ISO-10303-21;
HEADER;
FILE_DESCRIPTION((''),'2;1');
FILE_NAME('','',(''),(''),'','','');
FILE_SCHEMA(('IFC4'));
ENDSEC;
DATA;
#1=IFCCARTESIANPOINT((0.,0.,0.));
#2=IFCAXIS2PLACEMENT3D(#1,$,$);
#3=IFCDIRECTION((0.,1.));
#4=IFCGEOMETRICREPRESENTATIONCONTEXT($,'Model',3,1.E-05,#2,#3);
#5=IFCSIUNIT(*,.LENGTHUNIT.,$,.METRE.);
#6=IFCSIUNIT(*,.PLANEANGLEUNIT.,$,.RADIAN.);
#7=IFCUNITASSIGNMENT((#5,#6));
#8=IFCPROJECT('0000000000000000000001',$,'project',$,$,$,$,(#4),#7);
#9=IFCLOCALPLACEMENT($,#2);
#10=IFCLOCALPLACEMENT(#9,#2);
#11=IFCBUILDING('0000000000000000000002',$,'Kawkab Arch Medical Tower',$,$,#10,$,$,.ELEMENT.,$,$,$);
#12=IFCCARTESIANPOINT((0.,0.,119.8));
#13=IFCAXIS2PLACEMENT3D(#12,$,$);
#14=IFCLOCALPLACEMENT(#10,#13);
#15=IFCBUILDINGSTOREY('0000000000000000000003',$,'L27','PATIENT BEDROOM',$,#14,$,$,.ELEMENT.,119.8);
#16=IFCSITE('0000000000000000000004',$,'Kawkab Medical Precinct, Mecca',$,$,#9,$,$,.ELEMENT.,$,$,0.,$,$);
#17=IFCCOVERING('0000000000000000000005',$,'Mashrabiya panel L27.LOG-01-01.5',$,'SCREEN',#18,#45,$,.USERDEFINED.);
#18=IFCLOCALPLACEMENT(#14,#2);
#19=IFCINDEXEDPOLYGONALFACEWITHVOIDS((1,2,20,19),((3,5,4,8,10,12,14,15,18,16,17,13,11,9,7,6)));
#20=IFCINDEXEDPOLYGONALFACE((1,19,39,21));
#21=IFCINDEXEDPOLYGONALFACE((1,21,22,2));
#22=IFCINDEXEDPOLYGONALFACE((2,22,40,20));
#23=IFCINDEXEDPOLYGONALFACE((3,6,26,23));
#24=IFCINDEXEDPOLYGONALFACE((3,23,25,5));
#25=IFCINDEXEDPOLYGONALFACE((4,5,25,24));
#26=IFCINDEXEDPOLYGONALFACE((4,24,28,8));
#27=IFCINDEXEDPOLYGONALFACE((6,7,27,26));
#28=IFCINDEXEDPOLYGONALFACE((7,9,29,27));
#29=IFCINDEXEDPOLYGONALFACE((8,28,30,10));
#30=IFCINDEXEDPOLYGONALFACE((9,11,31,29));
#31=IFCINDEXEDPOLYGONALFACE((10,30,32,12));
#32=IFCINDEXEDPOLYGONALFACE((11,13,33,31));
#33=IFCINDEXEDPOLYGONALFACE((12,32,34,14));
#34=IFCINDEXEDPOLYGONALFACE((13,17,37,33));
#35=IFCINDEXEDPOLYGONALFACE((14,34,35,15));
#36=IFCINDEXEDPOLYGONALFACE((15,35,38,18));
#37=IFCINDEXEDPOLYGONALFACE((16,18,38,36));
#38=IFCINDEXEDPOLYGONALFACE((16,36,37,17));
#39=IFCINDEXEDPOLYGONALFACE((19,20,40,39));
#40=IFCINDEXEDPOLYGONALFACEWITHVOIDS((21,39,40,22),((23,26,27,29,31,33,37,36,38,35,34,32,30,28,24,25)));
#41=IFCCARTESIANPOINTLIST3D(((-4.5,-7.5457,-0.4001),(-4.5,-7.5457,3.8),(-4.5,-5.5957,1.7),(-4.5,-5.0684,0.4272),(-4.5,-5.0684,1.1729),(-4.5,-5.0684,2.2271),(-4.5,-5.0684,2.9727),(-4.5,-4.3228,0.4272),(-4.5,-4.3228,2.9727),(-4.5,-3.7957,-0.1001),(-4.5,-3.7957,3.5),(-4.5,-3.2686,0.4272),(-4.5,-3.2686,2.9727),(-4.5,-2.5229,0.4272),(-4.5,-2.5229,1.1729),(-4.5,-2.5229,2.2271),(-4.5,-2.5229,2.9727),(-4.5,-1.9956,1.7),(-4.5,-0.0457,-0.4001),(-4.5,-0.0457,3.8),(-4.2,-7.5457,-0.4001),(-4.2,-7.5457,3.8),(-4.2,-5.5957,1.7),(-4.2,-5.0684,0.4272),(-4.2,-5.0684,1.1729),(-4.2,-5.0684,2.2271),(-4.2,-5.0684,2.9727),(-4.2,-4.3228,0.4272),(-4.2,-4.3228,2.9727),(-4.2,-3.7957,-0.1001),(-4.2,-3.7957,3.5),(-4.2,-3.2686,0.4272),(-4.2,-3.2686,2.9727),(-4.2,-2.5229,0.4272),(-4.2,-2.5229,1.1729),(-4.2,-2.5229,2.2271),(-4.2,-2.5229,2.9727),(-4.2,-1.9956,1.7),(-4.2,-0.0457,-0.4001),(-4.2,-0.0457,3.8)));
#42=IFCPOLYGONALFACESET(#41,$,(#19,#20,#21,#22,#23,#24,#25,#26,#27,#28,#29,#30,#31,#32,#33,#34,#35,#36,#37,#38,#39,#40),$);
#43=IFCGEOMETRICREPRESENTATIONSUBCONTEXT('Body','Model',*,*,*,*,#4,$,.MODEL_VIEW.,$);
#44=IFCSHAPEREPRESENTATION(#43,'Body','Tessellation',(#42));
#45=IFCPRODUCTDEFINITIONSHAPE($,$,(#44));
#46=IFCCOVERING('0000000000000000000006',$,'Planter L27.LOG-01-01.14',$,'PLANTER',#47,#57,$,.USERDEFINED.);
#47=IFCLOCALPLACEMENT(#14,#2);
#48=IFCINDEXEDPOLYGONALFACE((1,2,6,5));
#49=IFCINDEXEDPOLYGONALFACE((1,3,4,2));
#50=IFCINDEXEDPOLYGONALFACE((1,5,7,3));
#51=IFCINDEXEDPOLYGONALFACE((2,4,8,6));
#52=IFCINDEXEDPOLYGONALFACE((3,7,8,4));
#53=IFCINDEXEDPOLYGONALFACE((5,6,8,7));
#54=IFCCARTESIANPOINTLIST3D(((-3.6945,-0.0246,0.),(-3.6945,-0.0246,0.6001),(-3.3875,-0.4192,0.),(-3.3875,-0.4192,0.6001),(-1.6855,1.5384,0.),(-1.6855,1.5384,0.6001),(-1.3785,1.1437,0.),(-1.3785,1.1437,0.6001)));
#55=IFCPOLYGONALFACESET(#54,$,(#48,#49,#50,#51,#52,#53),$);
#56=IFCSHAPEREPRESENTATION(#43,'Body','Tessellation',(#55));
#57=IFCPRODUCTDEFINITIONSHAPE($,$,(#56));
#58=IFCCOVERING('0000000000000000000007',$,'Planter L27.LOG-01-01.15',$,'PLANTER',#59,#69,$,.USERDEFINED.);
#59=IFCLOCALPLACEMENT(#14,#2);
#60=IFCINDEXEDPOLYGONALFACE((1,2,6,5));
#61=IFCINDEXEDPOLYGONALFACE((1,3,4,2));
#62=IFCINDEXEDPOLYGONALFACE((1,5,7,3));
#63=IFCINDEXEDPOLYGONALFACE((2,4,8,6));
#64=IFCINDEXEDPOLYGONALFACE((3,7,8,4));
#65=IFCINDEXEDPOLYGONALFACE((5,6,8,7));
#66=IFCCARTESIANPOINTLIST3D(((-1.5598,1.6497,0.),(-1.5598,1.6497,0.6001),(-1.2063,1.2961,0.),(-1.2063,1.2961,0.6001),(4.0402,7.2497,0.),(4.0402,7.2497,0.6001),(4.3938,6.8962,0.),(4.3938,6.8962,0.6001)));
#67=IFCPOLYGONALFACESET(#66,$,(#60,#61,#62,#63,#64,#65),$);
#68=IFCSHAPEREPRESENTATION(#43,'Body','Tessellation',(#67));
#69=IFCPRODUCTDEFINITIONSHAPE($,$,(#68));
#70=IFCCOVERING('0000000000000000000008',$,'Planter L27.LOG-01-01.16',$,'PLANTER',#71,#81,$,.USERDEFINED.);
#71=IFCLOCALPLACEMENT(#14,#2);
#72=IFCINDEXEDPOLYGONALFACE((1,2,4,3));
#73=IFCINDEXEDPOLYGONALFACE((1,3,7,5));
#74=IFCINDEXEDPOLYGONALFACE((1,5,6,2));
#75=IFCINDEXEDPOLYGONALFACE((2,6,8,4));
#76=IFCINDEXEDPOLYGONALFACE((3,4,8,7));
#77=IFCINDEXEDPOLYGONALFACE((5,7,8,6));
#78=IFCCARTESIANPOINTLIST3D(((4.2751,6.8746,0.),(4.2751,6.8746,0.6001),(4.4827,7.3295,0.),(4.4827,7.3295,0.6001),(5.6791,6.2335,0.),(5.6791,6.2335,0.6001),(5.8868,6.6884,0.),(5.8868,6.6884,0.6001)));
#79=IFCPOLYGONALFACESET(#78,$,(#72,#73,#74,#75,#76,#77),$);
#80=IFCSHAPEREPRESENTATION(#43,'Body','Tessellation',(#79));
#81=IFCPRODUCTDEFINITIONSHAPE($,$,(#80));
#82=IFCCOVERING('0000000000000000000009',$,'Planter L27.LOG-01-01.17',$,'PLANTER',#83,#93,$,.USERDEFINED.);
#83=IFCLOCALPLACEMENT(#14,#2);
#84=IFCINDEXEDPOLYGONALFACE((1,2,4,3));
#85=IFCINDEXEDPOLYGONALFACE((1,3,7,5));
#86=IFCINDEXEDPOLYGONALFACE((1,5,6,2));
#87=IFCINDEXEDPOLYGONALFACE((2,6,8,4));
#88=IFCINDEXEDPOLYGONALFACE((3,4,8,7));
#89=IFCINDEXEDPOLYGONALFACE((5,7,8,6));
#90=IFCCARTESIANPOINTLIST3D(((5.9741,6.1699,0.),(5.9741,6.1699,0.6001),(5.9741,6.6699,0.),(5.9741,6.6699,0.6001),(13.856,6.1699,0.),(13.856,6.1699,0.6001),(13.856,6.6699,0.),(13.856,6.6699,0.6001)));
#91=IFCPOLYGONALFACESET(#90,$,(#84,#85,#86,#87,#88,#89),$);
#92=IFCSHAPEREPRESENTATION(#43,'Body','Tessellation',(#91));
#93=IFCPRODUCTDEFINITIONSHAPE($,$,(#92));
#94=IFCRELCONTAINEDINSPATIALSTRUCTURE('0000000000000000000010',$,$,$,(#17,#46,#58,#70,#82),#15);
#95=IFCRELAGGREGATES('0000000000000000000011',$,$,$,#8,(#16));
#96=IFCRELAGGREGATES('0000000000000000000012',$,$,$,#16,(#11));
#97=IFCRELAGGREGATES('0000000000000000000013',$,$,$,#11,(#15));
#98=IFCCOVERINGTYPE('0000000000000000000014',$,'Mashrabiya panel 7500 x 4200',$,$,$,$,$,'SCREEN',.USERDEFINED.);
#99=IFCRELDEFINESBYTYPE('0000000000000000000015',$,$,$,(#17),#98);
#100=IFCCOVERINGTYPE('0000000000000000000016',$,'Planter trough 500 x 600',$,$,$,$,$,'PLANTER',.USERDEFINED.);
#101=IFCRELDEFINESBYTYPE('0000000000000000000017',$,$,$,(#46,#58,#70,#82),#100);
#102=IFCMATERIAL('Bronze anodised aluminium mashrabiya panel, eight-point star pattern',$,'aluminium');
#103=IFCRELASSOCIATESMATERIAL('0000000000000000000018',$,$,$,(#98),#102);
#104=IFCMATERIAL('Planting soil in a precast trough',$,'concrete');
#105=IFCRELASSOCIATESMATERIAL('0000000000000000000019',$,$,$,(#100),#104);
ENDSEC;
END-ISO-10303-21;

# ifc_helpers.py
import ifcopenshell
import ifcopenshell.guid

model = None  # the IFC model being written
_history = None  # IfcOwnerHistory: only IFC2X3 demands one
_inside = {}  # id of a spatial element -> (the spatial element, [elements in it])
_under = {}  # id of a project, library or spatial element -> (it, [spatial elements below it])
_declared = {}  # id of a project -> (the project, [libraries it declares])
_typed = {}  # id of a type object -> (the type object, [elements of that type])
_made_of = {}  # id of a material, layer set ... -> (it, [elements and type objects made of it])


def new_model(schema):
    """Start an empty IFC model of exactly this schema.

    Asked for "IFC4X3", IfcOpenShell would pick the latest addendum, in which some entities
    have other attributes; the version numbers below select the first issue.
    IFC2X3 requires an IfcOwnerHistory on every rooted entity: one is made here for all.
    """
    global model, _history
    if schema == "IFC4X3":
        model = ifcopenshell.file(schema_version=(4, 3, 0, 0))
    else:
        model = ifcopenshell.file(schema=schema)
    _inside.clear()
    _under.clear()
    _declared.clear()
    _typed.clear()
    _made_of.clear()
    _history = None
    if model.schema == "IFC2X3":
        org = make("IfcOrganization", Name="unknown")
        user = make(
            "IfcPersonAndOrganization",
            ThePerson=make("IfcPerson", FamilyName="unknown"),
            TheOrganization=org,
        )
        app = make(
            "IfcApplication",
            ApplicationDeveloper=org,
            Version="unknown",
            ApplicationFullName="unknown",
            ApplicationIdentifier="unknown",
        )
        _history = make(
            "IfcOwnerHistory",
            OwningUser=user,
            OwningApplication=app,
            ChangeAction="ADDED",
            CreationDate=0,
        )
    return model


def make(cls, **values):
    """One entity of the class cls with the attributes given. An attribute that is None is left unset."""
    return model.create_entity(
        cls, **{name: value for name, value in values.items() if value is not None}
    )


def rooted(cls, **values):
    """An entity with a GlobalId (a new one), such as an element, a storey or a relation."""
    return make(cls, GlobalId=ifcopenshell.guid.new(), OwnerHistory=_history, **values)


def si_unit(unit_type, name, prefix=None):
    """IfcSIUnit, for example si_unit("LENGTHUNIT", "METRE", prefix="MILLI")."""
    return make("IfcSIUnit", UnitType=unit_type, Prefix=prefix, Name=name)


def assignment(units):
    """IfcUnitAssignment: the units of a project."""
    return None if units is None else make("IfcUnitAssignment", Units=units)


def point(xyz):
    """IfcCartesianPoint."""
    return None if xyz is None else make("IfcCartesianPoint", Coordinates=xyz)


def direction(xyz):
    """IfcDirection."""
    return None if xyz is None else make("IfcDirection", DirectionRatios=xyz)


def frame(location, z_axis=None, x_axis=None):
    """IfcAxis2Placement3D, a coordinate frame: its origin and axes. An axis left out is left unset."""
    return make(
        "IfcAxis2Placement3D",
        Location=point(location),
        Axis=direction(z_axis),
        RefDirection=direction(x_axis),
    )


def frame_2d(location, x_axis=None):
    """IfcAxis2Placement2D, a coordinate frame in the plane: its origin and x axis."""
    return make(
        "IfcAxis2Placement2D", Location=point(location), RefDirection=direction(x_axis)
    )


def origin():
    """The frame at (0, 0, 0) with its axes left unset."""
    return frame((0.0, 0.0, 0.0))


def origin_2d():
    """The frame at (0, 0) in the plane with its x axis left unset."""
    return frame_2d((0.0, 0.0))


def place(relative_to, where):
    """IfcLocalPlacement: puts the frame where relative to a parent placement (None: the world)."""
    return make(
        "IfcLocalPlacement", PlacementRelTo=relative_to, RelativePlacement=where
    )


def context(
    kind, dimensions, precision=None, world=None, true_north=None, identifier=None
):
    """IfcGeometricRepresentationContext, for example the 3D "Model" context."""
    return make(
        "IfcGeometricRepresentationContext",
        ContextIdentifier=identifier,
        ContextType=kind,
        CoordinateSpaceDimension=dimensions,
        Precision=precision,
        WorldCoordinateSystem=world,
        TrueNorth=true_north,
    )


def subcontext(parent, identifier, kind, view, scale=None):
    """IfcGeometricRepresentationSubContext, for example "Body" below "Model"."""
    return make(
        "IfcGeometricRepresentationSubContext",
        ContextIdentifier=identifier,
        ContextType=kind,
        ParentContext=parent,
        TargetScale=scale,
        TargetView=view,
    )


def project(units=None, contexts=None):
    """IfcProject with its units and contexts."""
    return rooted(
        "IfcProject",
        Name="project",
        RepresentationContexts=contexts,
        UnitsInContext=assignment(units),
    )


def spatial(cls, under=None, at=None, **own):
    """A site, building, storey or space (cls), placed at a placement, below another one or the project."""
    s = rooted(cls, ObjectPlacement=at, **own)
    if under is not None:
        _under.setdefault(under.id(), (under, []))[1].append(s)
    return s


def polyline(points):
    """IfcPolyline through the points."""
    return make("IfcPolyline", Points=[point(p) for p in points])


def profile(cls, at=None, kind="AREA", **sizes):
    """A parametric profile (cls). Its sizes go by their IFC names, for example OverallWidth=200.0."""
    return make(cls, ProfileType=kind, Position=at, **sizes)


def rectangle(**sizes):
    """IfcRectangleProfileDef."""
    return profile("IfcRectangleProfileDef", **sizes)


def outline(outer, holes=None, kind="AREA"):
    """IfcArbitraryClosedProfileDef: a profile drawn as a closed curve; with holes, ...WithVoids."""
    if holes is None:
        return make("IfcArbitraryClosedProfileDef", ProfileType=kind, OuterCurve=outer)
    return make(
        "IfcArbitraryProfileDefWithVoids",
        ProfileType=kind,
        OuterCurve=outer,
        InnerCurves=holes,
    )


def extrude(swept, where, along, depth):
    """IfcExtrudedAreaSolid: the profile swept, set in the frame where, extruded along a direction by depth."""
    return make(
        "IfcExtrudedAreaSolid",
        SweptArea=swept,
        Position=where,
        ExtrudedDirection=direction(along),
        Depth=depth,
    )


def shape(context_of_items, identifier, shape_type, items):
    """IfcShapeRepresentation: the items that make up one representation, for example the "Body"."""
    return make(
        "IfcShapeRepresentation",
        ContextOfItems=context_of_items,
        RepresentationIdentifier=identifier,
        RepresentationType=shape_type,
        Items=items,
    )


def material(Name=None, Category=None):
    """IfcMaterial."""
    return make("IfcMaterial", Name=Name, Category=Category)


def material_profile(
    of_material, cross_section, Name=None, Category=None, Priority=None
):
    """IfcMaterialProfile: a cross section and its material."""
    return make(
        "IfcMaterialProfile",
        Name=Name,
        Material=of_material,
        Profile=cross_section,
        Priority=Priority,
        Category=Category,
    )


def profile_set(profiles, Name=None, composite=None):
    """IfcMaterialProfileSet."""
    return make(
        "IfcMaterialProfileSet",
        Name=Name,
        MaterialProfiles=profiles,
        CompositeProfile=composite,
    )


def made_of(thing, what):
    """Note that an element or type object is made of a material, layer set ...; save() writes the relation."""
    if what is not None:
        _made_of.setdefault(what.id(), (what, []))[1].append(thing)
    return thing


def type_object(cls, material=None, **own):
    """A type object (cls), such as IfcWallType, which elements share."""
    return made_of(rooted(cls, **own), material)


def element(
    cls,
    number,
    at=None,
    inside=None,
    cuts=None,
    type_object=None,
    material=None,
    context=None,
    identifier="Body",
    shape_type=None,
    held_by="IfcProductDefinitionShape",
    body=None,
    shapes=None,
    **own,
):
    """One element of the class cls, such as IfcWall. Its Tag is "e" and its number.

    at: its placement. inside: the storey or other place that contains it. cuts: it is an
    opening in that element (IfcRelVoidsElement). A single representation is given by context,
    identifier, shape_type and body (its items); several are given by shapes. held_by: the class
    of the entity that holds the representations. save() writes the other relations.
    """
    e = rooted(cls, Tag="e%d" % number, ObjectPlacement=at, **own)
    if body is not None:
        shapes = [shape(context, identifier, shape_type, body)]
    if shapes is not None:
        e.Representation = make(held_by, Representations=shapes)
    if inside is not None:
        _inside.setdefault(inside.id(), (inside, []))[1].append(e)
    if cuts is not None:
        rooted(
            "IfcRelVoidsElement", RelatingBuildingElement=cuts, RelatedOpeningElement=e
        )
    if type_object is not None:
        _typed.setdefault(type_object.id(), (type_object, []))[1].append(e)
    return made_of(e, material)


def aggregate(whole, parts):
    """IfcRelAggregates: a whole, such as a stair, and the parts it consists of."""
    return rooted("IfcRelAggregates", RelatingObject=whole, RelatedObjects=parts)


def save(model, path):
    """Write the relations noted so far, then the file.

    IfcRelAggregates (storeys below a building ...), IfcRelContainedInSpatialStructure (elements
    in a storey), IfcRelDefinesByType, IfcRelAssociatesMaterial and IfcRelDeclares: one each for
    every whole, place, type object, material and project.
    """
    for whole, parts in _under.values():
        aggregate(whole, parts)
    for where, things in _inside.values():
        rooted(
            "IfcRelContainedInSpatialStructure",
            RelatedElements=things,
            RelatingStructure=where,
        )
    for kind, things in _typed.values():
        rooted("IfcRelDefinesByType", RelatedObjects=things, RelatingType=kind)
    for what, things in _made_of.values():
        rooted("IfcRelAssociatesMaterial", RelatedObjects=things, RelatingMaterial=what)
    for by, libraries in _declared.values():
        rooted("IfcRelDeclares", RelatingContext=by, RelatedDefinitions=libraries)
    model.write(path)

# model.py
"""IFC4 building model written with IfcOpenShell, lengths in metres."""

from ifc_helpers import new_model, si_unit, direction, frame, origin, origin_2d, place, context, subcontext, project, spatial, polyline, rectangle, outline, extrude, material, material_profile, profile_set, type_object, element, save


model = new_model("IFC4")

# Units and contexts
model_context = context("Model", 3, precision=1e-05, world=origin(), true_north=direction((0.0, 1.0)))
body_context = subcontext(model_context, "Body", "Model", "MODEL_VIEW")
ifc_project = project(units=[si_unit("LENGTHUNIT", "METRE"), si_unit("PLANEANGLEUNIT", "RADIAN")], contexts=[model_context])

# Site, building, storey
site_placement = place(None, origin())
site = spatial("IfcSite", under=ifc_project, at=site_placement, Name="Kawkab Medical Precinct, Mecca", CompositionType="ELEMENT", RefElevation=0.0)
building_placement = place(site_placement, origin())
building = spatial("IfcBuilding", under=site, at=building_placement, Name="Kawkab Arch Medical Tower", CompositionType="ELEMENT")
storey_placement = place(building_placement, frame((0.0, 0.0, 119.8)))
storey = spatial("IfcBuildingStorey", under=building, at=storey_placement, Name="L27", Description="PATIENT BEDROOM", CompositionType="ELEMENT", Elevation=119.8)

# Coverings
ifc_material_1 = material(Name="Bronze anodised aluminium mashrabiya panel, eight-point star pattern", Category="aluminium")
ifc_material_profile_1 = material_profile(ifc_material_1, outline(polyline([(-3.75, -2.1001), (3.75, -2.1001), (3.75, 2.1001), (-3.75, 2.1001), (-3.75, -2.1001)]), holes=[polyline([(1.8, 0.0), (1.2727, 0.5271), (1.2727, 1.2727), (0.5271, 1.2727), (0.0, 1.8), (-0.5271, 1.2727), (-1.2727, 1.2727), (-1.2727, 0.5271), (-1.8, 0.0), (-1.2727, -0.5271), (-1.2727, -1.2727), (-0.5271, -1.2727), (0.0, -1.8), (0.5271, -1.2727), (1.2727, -1.2727), (1.2727, -0.5271), (1.8, 0.0)])]), Name="Mashrabiya panel 7500x4200")
ifc_profile_set_1 = profile_set([ifc_material_profile_1], Name="Bronze anodised aluminium mashrabiya panel, eight-point star pattern")
covering_type_1 = type_object("IfcCoveringType", Name="Mashrabiya panel 7500 x 4200", ElementType="SCREEN", PredefinedType="USERDEFINED", material=ifc_profile_set_1)
covering_1_placement = place(storey_placement, frame((-4.2, -3.7957, 1.7), z_axis=(-1.0, 0.0, 0.0), x_axis=(0.0, -1.0, 0.0)))
element("IfcCovering", 1, at=covering_1_placement, inside=storey, type_object=covering_type_1, Name="Mashrabiya panel L27.LOG-01-01.5", ObjectType="SCREEN", PredefinedType="USERDEFINED", context=body_context, shape_type="SweptSolid", body=[
    extrude(outline(polyline([(-3.75, -2.1001), (3.75, -2.1001), (3.75, 2.1001), (-3.75, 2.1001), (-3.75, -2.1001)]), holes=[polyline([(1.8, 0.0), (1.2727, 0.5271), (1.2727, 1.2727), (0.5271, 1.2727), (0.0, 1.8), (-0.5271, 1.2727), (-1.2727, 1.2727), (-1.2727, 0.5271), (-1.8, 0.0), (-1.2727, -0.5271), (-1.2727, -1.2727), (-0.5271, -1.2727), (0.0, -1.8), (0.5271, -1.2727), (1.2727, -1.2727), (1.2727, -0.5271), (1.8, 0.0)])]), origin(), (0.0, 0.0, 1.0), 0.3),
])
ifc_material_2 = material(Name="Planting soil in a precast trough", Category="concrete")
ifc_material_profile_2 = material_profile(ifc_material_2, rectangle(XDim=0.5, YDim=0.6001, at=origin_2d()), Name="Trough 500x600")
ifc_profile_set_2 = profile_set([ifc_material_profile_2], Name="Planting soil in a precast trough")
covering_type_2 = type_object("IfcCoveringType", Name="Planter trough 500 x 600", ElementType="PLANTER", PredefinedType="USERDEFINED", material=ifc_profile_set_2)
covering_2_placement = place(storey_placement, frame((-3.541, -0.2219, 0.3), z_axis=(0.789275, 0.61404, 0.0), x_axis=(-0.61404, 0.789275, 0.0)))
element("IfcCovering", 2, at=covering_2_placement, inside=storey, type_object=covering_type_2, Name="Planter L27.LOG-01-01.14", ObjectType="PLANTER", PredefinedType="USERDEFINED", context=body_context, shape_type="SweptSolid", body=[
    extrude(rectangle(XDim=0.5, YDim=0.6001, at=origin_2d()), origin(), (0.0, 0.0, 1.0), 2.5454),
])
covering_3_placement = place(storey_placement, frame((-1.3831, 1.4729, 0.3), z_axis=(0.707107, 0.707107, 0.0), x_axis=(-0.707107, 0.707107, 0.0)))
element("IfcCovering", 3, at=covering_3_placement, inside=storey, type_object=covering_type_2, Name="Planter L27.LOG-01-01.15", ObjectType="PLANTER", PredefinedType="USERDEFINED", context=body_context, shape_type="SweptSolid", body=[
    extrude(rectangle(XDim=0.5, YDim=0.6001, at=origin_2d()), origin(), (0.0, 0.0, 1.0), 7.9197),
])
covering_4_placement = place(storey_placement, frame((4.3789, 7.1021, 0.3), z_axis=(0.909656, -0.415363, 0.0), x_axis=(0.415363, 0.909656, 0.0)))
element("IfcCovering", 4, at=covering_4_placement, inside=storey, type_object=covering_type_2, Name="Planter L27.LOG-01-01.16", ObjectType="PLANTER", PredefinedType="USERDEFINED", context=body_context, shape_type="SweptSolid", body=[
    extrude(rectangle(XDim=0.5, YDim=0.6001, at=origin_2d()), origin(), (0.0, 0.0, 1.0), 1.5435),
])
covering_5_placement = place(storey_placement, frame((5.9741, 6.4199, 0.3), z_axis=(1.0, 0.0, 0.0), x_axis=(0.0, 1.0, 0.0)))
element("IfcCovering", 5, at=covering_5_placement, inside=storey, type_object=covering_type_2, Name="Planter L27.LOG-01-01.17", ObjectType="PLANTER", PredefinedType="USERDEFINED", context=body_context, shape_type="SweptSolid", body=[
    extrude(rectangle(XDim=0.5, YDim=0.6001, at=origin_2d()), origin(), (0.0, 0.0, 1.0), 7.8818),
])

save(model, "model.ifc")
